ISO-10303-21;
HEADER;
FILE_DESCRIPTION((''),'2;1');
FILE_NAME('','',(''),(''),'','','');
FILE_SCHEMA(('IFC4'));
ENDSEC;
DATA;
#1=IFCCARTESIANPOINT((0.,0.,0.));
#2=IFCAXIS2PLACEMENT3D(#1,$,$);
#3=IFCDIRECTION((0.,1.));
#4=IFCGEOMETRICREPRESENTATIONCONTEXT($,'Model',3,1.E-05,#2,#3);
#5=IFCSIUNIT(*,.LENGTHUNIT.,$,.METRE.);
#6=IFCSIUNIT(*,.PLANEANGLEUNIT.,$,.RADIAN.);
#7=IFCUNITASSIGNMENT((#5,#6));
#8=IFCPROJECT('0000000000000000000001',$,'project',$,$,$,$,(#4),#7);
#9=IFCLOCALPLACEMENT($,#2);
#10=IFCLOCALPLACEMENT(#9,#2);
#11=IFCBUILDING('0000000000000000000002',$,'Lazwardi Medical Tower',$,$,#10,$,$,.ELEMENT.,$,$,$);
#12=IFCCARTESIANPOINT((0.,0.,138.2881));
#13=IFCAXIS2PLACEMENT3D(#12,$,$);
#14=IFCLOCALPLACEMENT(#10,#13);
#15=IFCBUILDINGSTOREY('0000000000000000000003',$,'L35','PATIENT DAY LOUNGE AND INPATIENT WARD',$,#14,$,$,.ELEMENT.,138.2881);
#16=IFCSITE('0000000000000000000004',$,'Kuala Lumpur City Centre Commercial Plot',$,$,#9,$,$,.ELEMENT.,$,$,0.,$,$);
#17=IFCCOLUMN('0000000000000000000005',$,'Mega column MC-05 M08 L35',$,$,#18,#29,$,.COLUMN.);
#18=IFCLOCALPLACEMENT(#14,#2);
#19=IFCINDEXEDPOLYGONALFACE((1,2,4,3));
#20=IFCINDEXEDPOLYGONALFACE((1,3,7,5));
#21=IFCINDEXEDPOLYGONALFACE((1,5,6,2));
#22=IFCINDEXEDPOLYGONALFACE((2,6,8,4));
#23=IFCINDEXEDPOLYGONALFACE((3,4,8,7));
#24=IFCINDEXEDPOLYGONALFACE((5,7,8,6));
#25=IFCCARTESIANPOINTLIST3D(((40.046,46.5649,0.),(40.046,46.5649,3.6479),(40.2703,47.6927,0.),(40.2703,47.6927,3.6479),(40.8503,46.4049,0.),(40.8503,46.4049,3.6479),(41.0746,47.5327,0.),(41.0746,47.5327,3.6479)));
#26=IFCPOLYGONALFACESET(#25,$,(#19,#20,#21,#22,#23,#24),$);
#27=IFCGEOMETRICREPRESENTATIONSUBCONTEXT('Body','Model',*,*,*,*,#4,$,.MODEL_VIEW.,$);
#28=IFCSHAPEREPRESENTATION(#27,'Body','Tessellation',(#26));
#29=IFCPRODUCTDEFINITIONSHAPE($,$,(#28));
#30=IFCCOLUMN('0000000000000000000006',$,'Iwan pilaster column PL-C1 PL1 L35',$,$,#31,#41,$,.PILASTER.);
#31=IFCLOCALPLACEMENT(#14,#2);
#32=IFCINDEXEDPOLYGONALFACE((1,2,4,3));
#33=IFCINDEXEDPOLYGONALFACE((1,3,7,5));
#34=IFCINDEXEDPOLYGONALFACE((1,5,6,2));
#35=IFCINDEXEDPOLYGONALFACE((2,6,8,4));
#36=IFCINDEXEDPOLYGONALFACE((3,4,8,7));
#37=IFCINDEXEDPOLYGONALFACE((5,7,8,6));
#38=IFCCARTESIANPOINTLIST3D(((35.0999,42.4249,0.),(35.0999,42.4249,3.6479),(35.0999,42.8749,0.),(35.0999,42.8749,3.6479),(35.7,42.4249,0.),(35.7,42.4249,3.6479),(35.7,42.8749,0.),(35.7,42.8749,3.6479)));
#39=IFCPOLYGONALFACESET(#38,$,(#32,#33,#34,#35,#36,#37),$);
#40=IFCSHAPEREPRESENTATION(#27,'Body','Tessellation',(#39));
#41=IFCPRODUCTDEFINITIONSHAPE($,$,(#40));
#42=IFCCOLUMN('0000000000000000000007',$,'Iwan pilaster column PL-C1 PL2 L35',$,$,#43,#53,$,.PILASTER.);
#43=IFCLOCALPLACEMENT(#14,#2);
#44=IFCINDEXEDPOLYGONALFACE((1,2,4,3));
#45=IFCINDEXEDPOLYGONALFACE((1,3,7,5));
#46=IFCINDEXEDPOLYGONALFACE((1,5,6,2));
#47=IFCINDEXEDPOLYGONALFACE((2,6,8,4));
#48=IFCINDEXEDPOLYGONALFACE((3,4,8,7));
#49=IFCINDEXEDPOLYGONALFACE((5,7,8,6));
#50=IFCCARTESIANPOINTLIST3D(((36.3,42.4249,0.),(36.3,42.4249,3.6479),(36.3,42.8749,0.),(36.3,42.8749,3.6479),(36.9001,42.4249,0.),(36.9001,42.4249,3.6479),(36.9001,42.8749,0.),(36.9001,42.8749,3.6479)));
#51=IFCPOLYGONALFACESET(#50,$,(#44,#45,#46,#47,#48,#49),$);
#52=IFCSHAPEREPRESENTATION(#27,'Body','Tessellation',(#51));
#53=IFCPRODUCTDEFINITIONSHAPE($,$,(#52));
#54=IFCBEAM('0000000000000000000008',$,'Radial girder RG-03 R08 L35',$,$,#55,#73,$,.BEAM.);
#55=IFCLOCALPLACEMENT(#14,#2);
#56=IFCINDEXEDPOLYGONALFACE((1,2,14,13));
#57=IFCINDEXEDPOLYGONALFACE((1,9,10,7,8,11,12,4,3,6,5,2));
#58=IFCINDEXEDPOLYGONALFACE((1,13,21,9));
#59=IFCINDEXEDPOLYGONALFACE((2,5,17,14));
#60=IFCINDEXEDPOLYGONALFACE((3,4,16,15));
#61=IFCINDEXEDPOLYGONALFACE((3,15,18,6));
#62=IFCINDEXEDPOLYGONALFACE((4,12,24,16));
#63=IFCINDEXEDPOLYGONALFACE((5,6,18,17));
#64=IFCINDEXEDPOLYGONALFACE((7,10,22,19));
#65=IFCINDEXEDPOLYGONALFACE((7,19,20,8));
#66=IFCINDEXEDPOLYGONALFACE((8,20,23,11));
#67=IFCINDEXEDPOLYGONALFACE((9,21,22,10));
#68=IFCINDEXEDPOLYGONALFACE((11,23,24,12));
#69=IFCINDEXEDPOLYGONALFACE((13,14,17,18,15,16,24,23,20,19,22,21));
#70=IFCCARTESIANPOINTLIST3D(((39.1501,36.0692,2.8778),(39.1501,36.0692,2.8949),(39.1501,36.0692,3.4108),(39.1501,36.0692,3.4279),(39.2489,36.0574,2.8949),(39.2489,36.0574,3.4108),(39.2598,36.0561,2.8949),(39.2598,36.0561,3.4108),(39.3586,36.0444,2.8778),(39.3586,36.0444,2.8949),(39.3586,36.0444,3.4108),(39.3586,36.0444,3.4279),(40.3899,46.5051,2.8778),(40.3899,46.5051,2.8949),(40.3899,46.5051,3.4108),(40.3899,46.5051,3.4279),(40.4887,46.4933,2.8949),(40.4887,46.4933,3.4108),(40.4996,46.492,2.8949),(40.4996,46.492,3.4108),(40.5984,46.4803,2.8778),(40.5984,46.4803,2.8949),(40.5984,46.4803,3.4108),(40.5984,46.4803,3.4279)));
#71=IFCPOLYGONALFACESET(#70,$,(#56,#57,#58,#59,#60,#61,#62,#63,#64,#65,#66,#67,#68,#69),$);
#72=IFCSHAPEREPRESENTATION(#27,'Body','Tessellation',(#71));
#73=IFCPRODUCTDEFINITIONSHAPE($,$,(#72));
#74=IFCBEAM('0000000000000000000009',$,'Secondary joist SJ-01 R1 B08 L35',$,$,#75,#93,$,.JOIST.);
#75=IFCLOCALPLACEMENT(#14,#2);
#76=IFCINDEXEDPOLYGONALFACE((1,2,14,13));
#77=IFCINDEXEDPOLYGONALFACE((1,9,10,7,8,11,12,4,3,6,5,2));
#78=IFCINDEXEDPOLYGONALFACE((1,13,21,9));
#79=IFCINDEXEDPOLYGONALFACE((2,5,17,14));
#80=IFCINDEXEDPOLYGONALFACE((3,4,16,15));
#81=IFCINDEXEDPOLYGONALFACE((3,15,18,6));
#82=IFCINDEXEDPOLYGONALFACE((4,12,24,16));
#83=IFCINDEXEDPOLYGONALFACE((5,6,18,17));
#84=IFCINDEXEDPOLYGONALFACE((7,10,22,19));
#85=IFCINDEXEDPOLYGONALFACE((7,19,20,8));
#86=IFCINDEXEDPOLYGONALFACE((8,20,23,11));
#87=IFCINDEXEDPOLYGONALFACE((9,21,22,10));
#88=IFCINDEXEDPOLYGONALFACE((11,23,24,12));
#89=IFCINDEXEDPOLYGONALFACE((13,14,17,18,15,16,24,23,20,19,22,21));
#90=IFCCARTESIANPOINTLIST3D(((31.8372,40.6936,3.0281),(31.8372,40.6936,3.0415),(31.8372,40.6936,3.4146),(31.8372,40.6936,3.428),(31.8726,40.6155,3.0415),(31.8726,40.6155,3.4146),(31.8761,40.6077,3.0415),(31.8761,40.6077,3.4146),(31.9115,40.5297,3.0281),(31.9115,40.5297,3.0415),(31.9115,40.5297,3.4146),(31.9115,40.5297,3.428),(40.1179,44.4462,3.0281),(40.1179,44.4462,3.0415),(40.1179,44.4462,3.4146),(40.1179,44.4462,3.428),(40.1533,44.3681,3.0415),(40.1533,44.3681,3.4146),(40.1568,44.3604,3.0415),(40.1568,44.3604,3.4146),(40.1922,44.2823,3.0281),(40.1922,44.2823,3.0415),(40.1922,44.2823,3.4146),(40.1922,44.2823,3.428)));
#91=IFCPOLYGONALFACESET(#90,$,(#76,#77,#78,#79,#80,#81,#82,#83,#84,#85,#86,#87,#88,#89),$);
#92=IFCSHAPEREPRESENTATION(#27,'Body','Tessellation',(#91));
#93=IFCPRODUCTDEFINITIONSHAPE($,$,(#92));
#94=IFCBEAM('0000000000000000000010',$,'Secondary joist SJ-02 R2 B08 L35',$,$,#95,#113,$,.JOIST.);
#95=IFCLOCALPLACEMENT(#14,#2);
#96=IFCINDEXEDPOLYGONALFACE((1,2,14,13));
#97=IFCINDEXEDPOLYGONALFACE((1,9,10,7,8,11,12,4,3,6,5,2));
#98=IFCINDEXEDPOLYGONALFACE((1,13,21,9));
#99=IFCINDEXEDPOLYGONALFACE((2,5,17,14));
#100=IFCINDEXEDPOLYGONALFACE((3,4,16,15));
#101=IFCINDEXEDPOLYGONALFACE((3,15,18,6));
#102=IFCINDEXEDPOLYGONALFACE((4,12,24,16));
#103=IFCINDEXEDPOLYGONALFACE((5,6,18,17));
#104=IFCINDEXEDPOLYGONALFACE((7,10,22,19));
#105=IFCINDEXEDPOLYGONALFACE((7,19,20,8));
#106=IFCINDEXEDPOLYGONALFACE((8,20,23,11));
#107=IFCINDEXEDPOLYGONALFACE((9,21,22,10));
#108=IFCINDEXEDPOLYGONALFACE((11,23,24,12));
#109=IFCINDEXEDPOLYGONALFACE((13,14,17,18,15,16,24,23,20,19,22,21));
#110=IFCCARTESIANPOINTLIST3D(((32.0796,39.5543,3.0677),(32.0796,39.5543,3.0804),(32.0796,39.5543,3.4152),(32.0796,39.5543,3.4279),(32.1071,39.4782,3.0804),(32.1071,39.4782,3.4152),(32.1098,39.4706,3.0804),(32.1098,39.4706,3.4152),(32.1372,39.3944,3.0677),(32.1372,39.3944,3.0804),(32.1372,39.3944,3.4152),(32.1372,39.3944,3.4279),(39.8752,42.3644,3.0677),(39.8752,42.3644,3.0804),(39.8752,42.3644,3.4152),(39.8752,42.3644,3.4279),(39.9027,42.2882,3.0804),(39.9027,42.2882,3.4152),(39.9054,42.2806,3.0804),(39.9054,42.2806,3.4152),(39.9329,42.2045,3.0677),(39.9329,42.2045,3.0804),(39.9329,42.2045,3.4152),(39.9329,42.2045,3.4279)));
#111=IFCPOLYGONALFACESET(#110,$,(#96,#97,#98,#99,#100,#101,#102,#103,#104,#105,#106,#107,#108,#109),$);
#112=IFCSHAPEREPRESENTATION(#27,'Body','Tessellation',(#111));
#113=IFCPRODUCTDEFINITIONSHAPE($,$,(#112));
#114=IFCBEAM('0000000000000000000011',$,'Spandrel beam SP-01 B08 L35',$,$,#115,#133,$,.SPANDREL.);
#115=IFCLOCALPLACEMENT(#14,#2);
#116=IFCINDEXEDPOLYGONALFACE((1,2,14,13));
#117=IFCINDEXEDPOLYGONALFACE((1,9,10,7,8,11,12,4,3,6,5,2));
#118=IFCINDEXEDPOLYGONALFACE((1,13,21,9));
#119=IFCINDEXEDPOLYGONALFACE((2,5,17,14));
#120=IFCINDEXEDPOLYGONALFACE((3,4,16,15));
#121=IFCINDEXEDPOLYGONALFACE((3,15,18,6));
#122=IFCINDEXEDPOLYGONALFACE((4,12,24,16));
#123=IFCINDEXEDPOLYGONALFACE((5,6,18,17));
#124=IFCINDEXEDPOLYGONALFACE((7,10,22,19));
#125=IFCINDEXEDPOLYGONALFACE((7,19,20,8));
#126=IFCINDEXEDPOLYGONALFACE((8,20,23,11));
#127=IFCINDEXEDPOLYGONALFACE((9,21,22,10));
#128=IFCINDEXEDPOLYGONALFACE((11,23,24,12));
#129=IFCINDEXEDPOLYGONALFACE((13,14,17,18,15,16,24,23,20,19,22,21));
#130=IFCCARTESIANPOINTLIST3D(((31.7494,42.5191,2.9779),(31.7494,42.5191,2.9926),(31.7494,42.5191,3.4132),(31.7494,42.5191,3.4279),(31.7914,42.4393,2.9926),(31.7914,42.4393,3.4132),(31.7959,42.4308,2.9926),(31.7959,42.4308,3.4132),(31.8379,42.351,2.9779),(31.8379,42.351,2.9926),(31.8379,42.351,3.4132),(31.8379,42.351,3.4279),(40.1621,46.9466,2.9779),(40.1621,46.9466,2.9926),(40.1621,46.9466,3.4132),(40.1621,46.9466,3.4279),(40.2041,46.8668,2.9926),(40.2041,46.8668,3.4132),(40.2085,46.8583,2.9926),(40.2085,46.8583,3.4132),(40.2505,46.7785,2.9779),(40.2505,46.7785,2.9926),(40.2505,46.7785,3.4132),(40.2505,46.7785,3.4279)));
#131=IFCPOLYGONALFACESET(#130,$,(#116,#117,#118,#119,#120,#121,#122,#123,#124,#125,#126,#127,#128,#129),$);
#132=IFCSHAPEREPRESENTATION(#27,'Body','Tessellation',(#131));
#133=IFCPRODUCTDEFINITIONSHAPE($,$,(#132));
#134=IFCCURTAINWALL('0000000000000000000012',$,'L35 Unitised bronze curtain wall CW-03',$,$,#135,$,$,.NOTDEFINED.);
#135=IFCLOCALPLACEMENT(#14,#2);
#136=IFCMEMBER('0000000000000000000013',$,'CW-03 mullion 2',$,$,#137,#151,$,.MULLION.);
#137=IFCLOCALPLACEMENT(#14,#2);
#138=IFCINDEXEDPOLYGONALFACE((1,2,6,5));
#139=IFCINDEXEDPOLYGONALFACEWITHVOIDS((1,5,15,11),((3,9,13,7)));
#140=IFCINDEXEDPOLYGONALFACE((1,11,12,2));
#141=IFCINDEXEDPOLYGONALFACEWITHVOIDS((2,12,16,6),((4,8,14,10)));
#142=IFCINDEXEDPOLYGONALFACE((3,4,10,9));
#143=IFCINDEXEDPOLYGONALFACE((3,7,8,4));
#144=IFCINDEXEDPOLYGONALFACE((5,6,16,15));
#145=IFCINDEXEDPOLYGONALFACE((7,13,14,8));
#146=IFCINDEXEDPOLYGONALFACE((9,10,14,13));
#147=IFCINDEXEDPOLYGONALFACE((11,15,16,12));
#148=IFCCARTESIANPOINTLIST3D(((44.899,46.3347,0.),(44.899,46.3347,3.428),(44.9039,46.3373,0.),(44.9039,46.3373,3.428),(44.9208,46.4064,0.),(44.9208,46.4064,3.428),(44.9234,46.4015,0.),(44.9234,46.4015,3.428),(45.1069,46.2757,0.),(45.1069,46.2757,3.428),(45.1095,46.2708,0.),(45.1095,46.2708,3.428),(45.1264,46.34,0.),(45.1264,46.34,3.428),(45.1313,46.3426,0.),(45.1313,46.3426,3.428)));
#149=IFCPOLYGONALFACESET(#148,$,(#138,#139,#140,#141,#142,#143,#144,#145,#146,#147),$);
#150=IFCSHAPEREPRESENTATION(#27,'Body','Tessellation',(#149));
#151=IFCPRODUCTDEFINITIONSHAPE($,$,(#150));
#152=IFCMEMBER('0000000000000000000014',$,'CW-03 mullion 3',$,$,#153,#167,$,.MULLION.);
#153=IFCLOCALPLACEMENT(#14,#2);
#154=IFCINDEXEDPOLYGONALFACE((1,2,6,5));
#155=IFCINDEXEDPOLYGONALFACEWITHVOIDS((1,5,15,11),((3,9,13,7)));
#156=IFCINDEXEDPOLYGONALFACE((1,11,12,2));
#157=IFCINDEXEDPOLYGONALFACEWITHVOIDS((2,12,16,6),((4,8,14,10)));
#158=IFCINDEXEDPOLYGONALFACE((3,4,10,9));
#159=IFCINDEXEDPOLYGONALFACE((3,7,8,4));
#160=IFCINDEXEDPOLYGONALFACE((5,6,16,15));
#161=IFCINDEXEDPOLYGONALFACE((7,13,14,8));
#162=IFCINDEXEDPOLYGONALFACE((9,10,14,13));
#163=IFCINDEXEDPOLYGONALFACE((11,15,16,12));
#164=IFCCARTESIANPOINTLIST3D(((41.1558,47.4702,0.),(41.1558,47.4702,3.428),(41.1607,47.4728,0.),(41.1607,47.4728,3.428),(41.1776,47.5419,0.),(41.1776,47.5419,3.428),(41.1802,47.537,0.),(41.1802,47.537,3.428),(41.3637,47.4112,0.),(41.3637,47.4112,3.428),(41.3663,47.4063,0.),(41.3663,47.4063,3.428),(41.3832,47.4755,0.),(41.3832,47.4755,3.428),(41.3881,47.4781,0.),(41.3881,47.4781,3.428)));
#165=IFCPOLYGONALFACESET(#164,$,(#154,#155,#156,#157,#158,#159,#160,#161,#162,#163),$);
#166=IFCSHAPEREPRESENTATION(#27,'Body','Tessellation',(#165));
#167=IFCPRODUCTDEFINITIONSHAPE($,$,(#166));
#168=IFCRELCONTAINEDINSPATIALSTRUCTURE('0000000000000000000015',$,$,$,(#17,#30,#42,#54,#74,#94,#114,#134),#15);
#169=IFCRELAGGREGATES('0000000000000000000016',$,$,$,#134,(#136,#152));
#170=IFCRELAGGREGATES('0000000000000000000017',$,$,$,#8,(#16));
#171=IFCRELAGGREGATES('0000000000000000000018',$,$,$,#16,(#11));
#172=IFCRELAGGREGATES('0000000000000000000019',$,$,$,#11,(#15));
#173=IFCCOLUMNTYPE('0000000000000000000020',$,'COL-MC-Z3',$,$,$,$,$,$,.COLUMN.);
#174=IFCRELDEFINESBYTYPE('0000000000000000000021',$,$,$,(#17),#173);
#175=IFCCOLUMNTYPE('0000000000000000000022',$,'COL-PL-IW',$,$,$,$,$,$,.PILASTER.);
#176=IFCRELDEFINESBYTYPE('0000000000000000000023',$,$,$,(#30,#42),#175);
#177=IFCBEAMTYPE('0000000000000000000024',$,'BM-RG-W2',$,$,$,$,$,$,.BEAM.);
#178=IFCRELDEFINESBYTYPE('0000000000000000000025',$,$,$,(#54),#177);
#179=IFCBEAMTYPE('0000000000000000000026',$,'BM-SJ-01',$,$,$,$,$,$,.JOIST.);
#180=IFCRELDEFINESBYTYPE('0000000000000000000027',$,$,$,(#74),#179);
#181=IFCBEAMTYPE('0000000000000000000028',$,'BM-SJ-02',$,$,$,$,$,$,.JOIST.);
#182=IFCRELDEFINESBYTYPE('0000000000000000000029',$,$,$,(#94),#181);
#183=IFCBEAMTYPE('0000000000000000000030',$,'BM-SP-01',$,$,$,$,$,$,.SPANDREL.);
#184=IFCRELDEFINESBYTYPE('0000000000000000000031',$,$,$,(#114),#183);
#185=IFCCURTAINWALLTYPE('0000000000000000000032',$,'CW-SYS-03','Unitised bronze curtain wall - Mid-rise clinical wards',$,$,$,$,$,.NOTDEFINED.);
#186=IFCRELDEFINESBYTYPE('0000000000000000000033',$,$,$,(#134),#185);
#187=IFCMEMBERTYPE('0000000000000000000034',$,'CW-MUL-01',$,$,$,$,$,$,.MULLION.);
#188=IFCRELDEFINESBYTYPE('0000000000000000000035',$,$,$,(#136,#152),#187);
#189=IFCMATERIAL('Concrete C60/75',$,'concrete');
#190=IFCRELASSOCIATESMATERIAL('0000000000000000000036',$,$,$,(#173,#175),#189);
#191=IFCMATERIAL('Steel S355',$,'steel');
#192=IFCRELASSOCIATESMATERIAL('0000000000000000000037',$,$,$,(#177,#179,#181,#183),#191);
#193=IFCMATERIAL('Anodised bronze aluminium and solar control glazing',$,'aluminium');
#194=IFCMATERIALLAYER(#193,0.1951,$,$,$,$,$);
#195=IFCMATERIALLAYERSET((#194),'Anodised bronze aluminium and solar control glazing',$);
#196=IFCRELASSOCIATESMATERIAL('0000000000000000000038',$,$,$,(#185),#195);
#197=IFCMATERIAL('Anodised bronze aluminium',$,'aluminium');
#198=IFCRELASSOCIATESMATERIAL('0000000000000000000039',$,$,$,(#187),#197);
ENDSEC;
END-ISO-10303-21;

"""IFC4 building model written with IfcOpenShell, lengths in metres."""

from ifc_helpers import new_model, si_unit, direction, frame, origin, origin_2d, place, context, subcontext, project, spatial, rectangle, hollow_rectangle, i_section, extrude, material, layer, layer_set, material_profile, profile_set, type_object, element, aggregate, save


model = new_model("IFC4")

# Units and contexts
model_context = context("Model", 3, precision=1e-05, world=origin(), true_north=direction((0.0, 1.0)))
body_context = subcontext(model_context, "Body", "Model", "MODEL_VIEW")
ifc_project = project(units=[si_unit("LENGTHUNIT", "METRE"), si_unit("PLANEANGLEUNIT", "RADIAN")], contexts=[model_context])

# Site, building, storey
site_placement = place(None, origin())
site = spatial("IfcSite", under=ifc_project, at=site_placement, Name="Kuala Lumpur City Centre Commercial Plot", CompositionType="ELEMENT", RefElevation=0.0)
building_placement = place(site_placement, origin())
building = spatial("IfcBuilding", under=site, at=building_placement, Name="Lazwardi Medical Tower", CompositionType="ELEMENT")
storey_placement = place(building_placement, frame((0.0, 0.0, 138.2881)))
storey = spatial("IfcBuildingStorey", under=building, at=storey_placement, Name="L35", Description="PATIENT DAY LOUNGE AND INPATIENT WARD", CompositionType="ELEMENT", Elevation=138.2881)

# Columns
ifc_material_1 = material(Name="Concrete C60/75", Category="concrete")
ifc_material_profile_1 = material_profile(ifc_material_1, rectangle(XDim=1.1499, YDim=0.8201, at=origin_2d()), Name="CFT-RECT 1150x820")
ifc_profile_set_1 = profile_set([ifc_material_profile_1], Name="Concrete C60/75")
column_type_1 = type_object("IfcColumnType", Name="COL-MC-Z3", PredefinedType="COLUMN", material=ifc_profile_set_1)
column_placement = place(storey_placement, frame((40.5603, 47.0488, 0.0), z_axis=(0.0, 0.0, 1.0), x_axis=(0.19509, 0.980785, 0.0)))
element("IfcColumn", 1, at=column_placement, inside=storey, type_object=column_type_1, Name="Mega column MC-05 M08 L35", PredefinedType="COLUMN", context=body_context, shape_type="SweptSolid", body=[
    extrude(rectangle(XDim=1.1499, YDim=0.8201, at=origin_2d()), origin(), (0.0, 0.0, 1.0), 3.6479),
])
ifc_material_profile_2 = material_profile(ifc_material_1, rectangle(XDim=0.6001, YDim=0.45, at=origin_2d()), Name="RC 600x450")
ifc_profile_set_2 = profile_set([ifc_material_profile_2], Name="Concrete C60/75")
column_type_2 = type_object("IfcColumnType", Name="COL-PL-IW", PredefinedType="PILASTER", material=ifc_profile_set_2)
for number, where, z_axis, x_axis, name in (
    (2, (35.3999, 42.6499, 0.0), (0.0, 0.0, 1.0), (1.0, 0.0, 0.0), "Iwan pilaster column PL-C1 PL1 L35"),
    (3, (36.6001, 42.6499, 0.0), (0.0, 0.0, 1.0), (1.0, 0.0, 0.0), "Iwan pilaster column PL-C1 PL2 L35"),
):
    element("IfcColumn", number, at=place(storey_placement, frame(where, z_axis=z_axis, x_axis=x_axis)), inside=storey, type_object=column_type_2, Name=name, PredefinedType="PILASTER", context=body_context, shape_type="SweptSolid", body=[
        extrude(rectangle(XDim=0.6001, YDim=0.45, at=origin_2d()), origin(), (0.0, 0.0, 1.0), 3.6479),
    ])

# Beams
ifc_material_2 = material(Name="Steel S355", Category="steel")
ifc_material_profile_3 = material_profile(ifc_material_2, i_section(OverallWidth=0.21, OverallDepth=0.55, WebThickness=0.011, FlangeThickness=0.0171, at=origin_2d()), Name="IPE 550")
ifc_profile_set_3 = profile_set([ifc_material_profile_3], Name="Steel S355")
beam_type_1 = type_object("IfcBeamType", Name="BM-RG-W2", PredefinedType="BEAM", material=ifc_profile_set_3)
beam_1_placement = place(storey_placement, frame((40.4941, 46.4927, 3.1528), z_axis=(-0.117968, -0.993017, 0.0), x_axis=(0.993017, -0.117968, 0.0)))
element("IfcBeam", 4, at=beam_1_placement, inside=storey, type_object=beam_type_1, Name="Radial girder RG-03 R08 L35", PredefinedType="BEAM", context=body_context, shape_type="SweptSolid", body=[
    extrude(i_section(OverallWidth=0.21, OverallDepth=0.55, WebThickness=0.011, FlangeThickness=0.0171, at=origin_2d()), origin(), (0.0, 0.0, 1.0), 10.5093),
])
ifc_material_profile_4 = material_profile(ifc_material_2, i_section(OverallWidth=0.1799, OverallDepth=0.3999, WebThickness=0.0085, FlangeThickness=0.0134, at=origin_2d()), Name="IPE 400")
ifc_profile_set_4 = profile_set([ifc_material_profile_4], Name="Steel S355")
beam_type_2 = type_object("IfcBeamType", Name="BM-SJ-01", PredefinedType="JOIST", material=ifc_profile_set_4)
beam_2_placement = place(storey_placement, frame((40.155, 44.3643, 3.228), z_axis=(-0.910834, -0.412773, 0.0), x_axis=(0.412773, -0.910834, 0.0)))
element("IfcBeam", 5, at=beam_2_placement, inside=storey, type_object=beam_type_2, Name="Secondary joist SJ-01 R1 B08 L35", PredefinedType="JOIST", context=body_context, shape_type="SweptSolid", body=[
    extrude(i_section(OverallWidth=0.1799, OverallDepth=0.3999, WebThickness=0.0085, FlangeThickness=0.0134, at=origin_2d()), origin(), (0.0, 0.0, 1.0), 9.0913),
])
ifc_material_profile_5 = material_profile(ifc_material_2, i_section(OverallWidth=0.1699, OverallDepth=0.3601, WebThickness=0.0081, FlangeThickness=0.0127, at=origin_2d()), Name="IPE 360")
ifc_profile_set_5 = profile_set([ifc_material_profile_5], Name="Steel S355")
beam_type_3 = type_object("IfcBeamType", Name="BM-SJ-02", PredefinedType="JOIST", material=ifc_profile_set_5)
beam_3_placement = place(storey_placement, frame((39.9041, 42.2844, 3.2478), z_axis=(-0.940748, -0.339106, 0.0), x_axis=(0.339106, -0.940748, 0.0)))
element("IfcBeam", 6, at=beam_3_placement, inside=storey, type_object=beam_type_3, Name="Secondary joist SJ-02 R2 B08 L35", PredefinedType="JOIST", context=body_context, shape_type="SweptSolid", body=[
    extrude(i_section(OverallWidth=0.1699, OverallDepth=0.3601, WebThickness=0.0081, FlangeThickness=0.0127, at=origin_2d()), origin(), (0.0, 0.0, 1.0), 8.2866),
])
ifc_material_profile_6 = material_profile(ifc_material_2, i_section(OverallWidth=0.1899, OverallDepth=0.45, WebThickness=0.0095, FlangeThickness=0.0146, at=origin_2d()), Name="IPE 450")
ifc_profile_set_6 = profile_set([ifc_material_profile_6], Name="Steel S355")
beam_type_4 = type_object("IfcBeamType", Name="BM-SP-01", PredefinedType="SPANDREL", material=ifc_profile_set_6)
beam_4_placement = place(storey_placement, frame((40.2063, 46.8625, 3.2029), z_axis=(-0.884927, -0.465731, 0.0), x_axis=(0.465731, -0.884927, 0.0)))
element("IfcBeam", 7, at=beam_4_placement, inside=storey, type_object=beam_type_4, Name="Spandrel beam SP-01 B08 L35", PredefinedType="SPANDREL", context=body_context, shape_type="SweptSolid", body=[
    extrude(i_section(OverallWidth=0.1899, OverallDepth=0.45, WebThickness=0.0095, FlangeThickness=0.0146, at=origin_2d()), origin(), (0.0, 0.0, 1.0), 9.5066),
])

# Curtain wall, members
ifc_material_3 = material(Name="Anodised bronze aluminium and solar control glazing", Category="aluminium")
ifc_layer_1 = layer(ifc_material_3, 0.1951)
ifc_layer_set_1 = layer_set([ifc_layer_1], Name="Anodised bronze aluminium and solar control glazing")
curtain_wall_type = type_object("IfcCurtainWallType", Name="CW-SYS-03", Description="Unitised bronze curtain wall - Mid-rise clinical wards", PredefinedType="NOTDEFINED", material=ifc_layer_set_1)
curtain_wall_placement = place(storey_placement, origin())
curtain_wall = element("IfcCurtainWall", 8, at=curtain_wall_placement, inside=storey, type_object=curtain_wall_type, Name="L35 Unitised bronze curtain wall CW-03", PredefinedType="NOTDEFINED")
ifc_material_4 = material(Name="Anodised bronze aluminium", Category="aluminium")
ifc_material_profile_7 = material_profile(ifc_material_4, hollow_rectangle(XDim=0.075, YDim=0.22, WallThickness=0.0039, at=origin_2d()), Name="ALU-MULLION 220x75x4")
ifc_profile_set_7 = profile_set([ifc_material_profile_7], Name="Anodised bronze aluminium")
member_type_1 = type_object("IfcMemberType", Name="CW-MUL-01", PredefinedType="MULLION", material=ifc_profile_set_7)
member_1_placement = place(storey_placement, frame((45.0151, 46.3386, 0.0), z_axis=(0.0, 0.0, 1.0), x_axis=(-0.290281, -0.956942, 0.0)))
member_1 = element("IfcMember", 9, at=member_1_placement, type_object=member_type_1, Name="CW-03 mullion 2", PredefinedType="MULLION", context=body_context, shape_type="SweptSolid", body=[
    extrude(hollow_rectangle(XDim=0.075, YDim=0.22, WallThickness=0.0039, at=origin_2d()), origin(), (0.0, 0.0, 1.0), 3.428),
])
member_2_placement = place(storey_placement, frame((41.272, 47.4741, 0.0), z_axis=(0.0, 0.0, 1.0), x_axis=(-0.290281, -0.956942, 0.0)))
member_2 = element("IfcMember", 10, at=member_2_placement, type_object=member_type_1, Name="CW-03 mullion 3", PredefinedType="MULLION", context=body_context, shape_type="SweptSolid", body=[
    extrude(hollow_rectangle(XDim=0.075, YDim=0.22, WallThickness=0.0039, at=origin_2d()), origin(), (0.0, 0.0, 1.0), 3.428),
])
aggregate(curtain_wall, [member_1, member_2])

save(model, "model.ifc")
